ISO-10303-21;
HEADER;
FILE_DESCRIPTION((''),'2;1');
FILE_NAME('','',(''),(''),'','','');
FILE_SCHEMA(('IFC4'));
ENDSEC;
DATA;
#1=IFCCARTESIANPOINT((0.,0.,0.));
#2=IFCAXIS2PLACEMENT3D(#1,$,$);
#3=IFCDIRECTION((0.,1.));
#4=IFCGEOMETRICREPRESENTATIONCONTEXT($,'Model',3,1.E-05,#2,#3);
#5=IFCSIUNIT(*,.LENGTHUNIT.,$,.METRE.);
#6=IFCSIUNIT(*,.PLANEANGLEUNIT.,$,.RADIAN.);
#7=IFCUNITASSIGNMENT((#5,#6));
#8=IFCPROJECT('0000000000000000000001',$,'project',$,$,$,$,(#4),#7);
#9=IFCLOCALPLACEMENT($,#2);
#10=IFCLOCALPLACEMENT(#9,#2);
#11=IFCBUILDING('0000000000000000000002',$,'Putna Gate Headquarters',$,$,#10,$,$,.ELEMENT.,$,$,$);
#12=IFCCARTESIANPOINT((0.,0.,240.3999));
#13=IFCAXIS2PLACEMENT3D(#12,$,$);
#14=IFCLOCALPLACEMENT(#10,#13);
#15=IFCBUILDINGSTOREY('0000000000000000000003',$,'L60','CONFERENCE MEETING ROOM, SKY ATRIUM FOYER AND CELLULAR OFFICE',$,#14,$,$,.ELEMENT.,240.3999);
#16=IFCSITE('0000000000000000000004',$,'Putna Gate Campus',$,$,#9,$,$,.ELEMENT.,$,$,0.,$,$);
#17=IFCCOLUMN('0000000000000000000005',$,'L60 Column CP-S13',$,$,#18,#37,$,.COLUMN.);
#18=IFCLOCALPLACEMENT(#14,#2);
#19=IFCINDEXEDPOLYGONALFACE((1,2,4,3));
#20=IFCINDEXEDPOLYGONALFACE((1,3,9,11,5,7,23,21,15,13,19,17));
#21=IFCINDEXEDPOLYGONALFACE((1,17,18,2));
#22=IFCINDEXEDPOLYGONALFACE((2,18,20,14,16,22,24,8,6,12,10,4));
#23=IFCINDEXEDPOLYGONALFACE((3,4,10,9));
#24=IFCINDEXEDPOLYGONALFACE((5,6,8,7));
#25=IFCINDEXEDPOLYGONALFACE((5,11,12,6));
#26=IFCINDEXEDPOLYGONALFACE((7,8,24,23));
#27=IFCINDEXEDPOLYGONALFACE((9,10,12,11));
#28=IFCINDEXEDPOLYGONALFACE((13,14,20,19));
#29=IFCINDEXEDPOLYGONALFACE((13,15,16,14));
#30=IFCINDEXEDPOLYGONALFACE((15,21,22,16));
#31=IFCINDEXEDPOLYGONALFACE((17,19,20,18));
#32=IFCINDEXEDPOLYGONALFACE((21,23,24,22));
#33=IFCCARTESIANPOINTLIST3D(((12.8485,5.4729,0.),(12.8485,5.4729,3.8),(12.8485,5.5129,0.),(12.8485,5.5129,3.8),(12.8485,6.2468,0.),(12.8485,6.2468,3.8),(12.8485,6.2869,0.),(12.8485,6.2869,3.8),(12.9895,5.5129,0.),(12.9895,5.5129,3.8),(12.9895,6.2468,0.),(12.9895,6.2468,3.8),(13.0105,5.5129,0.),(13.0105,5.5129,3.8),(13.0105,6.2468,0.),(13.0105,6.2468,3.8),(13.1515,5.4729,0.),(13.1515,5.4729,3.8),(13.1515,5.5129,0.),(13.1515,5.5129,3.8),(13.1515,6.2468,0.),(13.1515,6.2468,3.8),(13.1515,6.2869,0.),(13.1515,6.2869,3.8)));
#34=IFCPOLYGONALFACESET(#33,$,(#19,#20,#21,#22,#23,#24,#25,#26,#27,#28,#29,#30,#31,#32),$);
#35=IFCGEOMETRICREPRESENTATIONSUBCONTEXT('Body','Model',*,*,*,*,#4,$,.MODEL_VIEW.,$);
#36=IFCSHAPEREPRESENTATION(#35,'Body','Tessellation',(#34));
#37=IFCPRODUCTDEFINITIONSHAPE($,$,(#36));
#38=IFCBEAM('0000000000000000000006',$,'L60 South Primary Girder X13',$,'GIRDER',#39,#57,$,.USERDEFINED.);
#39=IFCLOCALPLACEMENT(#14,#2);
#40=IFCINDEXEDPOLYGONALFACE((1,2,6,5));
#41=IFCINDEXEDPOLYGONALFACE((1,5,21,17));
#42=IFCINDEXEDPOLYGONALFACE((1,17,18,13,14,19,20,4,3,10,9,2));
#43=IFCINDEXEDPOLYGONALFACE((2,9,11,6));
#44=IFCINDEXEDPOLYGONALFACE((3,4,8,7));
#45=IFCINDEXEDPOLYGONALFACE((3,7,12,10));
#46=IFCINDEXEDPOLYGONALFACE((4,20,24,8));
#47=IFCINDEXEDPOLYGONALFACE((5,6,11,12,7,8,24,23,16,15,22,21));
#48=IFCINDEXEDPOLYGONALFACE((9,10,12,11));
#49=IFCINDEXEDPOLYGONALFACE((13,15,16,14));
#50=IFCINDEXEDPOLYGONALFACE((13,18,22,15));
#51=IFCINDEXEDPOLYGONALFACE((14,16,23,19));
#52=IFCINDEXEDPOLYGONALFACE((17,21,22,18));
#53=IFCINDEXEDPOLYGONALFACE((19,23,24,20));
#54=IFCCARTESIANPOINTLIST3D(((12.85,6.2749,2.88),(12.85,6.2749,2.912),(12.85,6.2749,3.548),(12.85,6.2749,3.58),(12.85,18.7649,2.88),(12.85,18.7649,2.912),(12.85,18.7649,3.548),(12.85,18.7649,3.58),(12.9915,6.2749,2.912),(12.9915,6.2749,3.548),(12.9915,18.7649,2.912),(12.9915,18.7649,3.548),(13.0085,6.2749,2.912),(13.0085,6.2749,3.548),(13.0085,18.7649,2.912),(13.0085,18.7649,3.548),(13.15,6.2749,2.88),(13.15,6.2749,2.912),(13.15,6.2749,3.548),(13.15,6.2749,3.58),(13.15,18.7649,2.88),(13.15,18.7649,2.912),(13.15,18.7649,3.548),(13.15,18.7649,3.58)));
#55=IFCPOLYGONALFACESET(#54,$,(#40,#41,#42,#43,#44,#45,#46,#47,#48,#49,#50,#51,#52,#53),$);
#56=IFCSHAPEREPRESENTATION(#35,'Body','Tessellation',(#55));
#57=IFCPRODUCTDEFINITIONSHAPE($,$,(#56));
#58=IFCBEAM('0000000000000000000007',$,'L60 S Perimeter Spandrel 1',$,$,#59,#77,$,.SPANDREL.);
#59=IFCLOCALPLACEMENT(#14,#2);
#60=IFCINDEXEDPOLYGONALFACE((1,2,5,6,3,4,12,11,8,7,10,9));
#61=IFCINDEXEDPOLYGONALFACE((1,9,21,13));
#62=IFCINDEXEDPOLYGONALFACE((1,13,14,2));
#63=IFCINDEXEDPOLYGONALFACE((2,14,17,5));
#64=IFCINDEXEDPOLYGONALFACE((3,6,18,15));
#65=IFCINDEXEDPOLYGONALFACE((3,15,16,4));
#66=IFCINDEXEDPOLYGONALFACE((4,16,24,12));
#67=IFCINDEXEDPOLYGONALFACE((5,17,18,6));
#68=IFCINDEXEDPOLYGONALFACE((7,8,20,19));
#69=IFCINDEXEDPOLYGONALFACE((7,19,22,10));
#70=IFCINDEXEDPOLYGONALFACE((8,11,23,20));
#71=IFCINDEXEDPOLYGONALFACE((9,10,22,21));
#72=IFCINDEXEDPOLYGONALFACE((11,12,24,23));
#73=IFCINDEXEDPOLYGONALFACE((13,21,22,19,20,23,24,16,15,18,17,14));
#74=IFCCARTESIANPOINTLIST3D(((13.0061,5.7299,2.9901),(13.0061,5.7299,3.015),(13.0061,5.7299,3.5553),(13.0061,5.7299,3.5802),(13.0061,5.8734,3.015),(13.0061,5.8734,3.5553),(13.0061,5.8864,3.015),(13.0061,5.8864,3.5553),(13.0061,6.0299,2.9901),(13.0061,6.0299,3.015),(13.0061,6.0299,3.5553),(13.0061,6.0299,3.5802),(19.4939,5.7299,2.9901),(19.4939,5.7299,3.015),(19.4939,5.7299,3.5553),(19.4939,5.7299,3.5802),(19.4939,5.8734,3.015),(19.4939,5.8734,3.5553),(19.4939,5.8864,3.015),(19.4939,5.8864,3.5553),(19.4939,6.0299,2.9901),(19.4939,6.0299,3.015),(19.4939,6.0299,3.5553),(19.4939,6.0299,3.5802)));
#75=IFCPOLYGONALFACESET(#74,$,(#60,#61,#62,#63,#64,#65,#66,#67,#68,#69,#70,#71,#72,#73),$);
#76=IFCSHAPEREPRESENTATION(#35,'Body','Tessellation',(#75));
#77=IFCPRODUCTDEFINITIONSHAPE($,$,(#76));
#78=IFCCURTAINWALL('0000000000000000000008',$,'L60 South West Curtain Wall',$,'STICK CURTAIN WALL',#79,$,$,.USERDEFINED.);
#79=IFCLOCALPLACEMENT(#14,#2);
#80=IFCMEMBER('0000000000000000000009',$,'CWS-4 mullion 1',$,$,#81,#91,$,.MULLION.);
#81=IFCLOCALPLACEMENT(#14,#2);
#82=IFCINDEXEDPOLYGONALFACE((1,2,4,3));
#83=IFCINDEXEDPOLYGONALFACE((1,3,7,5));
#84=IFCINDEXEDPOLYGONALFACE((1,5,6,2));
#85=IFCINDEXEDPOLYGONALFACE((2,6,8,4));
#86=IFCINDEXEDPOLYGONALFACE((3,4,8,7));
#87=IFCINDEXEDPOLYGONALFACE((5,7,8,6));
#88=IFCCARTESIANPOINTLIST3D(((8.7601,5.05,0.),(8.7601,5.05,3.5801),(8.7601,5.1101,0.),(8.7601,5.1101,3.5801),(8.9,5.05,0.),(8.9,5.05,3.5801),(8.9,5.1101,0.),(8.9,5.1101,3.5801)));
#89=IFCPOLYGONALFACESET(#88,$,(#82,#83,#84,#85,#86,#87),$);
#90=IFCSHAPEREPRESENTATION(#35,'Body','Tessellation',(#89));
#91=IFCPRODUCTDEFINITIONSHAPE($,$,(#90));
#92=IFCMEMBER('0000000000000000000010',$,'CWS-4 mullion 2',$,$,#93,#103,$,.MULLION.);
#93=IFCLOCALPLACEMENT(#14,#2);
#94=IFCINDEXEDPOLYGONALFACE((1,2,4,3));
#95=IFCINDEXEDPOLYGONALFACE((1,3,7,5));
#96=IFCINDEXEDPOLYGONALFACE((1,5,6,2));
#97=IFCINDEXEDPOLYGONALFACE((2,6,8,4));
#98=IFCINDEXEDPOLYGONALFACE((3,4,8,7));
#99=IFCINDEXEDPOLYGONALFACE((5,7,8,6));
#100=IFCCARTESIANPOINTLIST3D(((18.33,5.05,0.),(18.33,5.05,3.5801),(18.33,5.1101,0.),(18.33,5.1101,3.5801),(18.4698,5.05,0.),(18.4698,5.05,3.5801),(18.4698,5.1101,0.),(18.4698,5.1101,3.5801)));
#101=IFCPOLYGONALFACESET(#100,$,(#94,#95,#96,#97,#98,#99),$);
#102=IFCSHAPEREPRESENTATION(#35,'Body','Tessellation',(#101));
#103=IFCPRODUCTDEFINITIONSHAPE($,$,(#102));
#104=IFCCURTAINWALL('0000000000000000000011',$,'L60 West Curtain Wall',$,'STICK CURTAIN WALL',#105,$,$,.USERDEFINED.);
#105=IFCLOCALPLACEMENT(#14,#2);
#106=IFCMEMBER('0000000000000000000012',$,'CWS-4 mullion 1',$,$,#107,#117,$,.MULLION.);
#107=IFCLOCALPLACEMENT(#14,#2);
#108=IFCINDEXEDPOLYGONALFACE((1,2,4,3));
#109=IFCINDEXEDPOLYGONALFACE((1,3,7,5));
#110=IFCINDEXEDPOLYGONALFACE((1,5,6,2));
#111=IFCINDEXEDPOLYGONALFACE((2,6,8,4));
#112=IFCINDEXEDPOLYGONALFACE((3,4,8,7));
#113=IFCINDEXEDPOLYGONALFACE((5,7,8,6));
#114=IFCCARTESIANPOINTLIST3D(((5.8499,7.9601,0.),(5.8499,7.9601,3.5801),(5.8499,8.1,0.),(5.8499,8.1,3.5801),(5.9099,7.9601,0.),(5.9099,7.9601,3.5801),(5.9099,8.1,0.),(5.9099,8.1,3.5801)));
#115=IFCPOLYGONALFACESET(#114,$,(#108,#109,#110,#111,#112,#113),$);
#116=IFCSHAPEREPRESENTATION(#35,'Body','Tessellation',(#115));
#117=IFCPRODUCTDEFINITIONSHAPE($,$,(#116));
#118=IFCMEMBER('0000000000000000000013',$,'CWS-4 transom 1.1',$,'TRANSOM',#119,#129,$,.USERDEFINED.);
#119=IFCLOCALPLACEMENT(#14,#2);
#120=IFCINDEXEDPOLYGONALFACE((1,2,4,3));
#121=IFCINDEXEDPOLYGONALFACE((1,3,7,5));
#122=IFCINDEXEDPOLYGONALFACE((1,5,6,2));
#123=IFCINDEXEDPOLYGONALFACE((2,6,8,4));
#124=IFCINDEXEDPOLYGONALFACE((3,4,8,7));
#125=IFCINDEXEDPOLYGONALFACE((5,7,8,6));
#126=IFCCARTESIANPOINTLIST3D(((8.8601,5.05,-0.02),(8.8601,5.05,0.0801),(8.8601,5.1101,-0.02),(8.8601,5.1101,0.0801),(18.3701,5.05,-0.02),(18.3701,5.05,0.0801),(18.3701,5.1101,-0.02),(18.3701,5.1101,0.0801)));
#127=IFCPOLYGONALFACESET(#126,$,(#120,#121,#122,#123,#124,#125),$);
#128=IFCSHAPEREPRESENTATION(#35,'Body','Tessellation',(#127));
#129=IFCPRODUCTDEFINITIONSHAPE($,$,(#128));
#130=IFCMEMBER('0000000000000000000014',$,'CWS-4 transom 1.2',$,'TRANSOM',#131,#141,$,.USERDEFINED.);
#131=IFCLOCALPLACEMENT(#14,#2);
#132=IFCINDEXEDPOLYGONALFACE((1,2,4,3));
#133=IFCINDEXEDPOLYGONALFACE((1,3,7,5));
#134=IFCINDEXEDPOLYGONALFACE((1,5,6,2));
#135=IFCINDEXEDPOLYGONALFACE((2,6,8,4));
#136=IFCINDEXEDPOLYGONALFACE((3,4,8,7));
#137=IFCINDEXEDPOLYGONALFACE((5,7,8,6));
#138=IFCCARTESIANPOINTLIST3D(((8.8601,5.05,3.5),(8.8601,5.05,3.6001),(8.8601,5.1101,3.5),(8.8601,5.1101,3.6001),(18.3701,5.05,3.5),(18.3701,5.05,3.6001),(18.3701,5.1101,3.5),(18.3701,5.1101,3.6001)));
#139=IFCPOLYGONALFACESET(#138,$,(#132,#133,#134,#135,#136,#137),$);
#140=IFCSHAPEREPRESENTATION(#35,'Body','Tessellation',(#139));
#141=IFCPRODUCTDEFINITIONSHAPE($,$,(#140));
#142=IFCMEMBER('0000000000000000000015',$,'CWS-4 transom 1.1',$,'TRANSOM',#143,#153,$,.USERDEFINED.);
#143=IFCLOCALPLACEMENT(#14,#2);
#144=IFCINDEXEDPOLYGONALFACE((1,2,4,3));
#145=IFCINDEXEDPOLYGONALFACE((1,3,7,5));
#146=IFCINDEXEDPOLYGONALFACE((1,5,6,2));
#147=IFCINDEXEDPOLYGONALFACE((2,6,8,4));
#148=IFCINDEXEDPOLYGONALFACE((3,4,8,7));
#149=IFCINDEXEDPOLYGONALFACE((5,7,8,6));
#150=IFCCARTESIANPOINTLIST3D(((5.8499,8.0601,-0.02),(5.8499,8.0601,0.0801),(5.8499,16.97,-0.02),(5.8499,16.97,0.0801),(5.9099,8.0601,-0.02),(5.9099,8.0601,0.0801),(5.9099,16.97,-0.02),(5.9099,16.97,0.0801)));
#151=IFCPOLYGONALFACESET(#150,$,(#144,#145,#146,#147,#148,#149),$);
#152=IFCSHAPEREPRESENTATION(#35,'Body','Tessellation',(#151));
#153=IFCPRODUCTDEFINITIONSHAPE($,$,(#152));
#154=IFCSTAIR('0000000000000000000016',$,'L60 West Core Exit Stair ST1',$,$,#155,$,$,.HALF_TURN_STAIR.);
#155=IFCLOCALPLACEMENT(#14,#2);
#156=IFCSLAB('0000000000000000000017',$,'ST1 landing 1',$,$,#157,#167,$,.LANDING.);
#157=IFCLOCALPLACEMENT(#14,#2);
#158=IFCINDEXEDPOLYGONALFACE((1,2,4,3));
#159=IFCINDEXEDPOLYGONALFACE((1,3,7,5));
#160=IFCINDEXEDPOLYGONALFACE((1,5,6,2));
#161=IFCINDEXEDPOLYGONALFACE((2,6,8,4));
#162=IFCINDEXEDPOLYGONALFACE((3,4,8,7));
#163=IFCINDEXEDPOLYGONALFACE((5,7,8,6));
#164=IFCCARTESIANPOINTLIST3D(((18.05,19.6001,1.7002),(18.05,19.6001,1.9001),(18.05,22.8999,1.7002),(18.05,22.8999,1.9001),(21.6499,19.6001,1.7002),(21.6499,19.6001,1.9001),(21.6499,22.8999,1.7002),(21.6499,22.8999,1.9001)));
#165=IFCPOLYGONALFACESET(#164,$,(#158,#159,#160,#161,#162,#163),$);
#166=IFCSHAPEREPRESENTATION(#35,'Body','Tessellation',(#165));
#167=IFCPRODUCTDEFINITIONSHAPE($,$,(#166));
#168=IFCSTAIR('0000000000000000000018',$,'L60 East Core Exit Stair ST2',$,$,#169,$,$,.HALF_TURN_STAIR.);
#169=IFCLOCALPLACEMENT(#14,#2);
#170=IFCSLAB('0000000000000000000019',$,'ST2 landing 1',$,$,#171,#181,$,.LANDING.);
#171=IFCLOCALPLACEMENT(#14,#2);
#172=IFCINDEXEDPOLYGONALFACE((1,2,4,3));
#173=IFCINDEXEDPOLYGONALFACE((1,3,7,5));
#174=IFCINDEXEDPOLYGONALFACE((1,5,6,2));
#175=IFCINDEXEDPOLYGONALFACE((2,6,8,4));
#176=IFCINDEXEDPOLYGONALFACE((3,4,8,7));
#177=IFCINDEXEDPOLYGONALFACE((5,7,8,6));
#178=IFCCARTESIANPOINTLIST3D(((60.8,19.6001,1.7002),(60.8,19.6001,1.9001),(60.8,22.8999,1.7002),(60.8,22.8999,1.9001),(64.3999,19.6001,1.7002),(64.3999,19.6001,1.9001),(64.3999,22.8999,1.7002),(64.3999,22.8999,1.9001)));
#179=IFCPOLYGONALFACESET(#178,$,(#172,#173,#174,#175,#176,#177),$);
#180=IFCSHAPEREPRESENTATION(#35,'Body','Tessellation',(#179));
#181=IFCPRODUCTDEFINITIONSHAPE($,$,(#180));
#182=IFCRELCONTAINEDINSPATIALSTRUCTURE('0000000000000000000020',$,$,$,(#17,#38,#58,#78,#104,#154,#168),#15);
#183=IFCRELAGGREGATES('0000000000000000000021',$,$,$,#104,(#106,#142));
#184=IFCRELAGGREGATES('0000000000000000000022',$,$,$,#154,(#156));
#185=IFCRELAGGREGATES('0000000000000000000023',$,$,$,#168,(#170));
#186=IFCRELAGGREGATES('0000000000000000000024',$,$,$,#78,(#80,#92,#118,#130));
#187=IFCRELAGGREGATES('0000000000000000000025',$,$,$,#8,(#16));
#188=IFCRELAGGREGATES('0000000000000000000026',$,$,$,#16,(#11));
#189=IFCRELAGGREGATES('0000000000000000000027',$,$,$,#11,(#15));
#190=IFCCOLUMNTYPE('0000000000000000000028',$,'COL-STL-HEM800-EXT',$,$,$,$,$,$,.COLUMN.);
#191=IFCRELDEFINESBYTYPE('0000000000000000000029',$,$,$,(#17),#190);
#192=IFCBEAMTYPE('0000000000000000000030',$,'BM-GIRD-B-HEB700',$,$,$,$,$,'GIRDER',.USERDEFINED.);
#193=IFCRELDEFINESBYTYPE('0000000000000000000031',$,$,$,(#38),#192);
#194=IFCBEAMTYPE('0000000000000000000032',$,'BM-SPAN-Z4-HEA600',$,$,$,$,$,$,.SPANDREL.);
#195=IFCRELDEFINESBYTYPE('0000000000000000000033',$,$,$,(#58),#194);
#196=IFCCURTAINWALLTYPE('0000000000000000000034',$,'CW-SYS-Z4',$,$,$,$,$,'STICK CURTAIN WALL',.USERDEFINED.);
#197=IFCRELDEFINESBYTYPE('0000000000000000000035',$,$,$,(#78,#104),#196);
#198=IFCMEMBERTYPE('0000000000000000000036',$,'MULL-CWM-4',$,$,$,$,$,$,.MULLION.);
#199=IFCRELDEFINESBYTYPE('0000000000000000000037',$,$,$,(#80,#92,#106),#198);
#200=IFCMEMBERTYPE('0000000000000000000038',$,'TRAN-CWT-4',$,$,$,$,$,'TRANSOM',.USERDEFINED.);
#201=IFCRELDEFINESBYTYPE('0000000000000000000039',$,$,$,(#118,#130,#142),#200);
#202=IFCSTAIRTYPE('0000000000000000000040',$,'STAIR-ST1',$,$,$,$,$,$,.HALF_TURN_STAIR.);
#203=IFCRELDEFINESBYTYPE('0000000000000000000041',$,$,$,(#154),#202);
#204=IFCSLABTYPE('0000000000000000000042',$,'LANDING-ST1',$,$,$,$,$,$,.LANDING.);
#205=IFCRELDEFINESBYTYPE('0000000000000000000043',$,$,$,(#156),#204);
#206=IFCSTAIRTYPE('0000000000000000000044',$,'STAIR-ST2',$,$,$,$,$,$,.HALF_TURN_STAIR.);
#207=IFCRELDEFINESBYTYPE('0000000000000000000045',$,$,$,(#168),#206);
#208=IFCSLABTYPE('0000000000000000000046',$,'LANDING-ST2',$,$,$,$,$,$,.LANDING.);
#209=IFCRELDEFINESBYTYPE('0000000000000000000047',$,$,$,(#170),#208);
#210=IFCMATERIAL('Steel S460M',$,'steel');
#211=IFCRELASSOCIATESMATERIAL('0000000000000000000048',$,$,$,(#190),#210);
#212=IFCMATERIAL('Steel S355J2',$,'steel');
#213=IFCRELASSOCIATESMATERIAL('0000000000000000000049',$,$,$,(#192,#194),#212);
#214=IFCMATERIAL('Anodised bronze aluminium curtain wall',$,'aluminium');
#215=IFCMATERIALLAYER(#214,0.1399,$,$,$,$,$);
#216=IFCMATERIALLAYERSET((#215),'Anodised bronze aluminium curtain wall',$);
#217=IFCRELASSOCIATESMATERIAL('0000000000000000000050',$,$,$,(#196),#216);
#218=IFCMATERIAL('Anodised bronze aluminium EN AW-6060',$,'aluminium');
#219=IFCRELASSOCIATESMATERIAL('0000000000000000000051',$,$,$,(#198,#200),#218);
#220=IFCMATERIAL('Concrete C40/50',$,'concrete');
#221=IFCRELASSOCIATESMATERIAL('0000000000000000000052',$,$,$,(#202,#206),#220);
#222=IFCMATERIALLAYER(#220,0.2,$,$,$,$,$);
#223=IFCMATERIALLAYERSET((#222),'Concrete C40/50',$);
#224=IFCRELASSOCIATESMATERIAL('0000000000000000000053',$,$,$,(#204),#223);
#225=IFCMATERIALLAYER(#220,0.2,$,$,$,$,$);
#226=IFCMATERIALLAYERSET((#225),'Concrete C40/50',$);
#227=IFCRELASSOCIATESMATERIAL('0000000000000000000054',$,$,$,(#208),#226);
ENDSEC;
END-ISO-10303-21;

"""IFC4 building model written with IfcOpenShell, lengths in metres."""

from ifc_helpers import new_model, si_unit, direction, frame, origin, origin_2d, place, context, subcontext, project, spatial, polyline, rectangle, i_section, outline, extrude, material, layer, layer_set, material_profile, profile_set, type_object, element, aggregate, save


model = new_model("IFC4")

# Units and contexts
model_context = context("Model", 3, precision=1e-05, world=origin(), true_north=direction((0.0, 1.0)))
body_context = subcontext(model_context, "Body", "Model", "MODEL_VIEW")
ifc_project = project(units=[si_unit("LENGTHUNIT", "METRE"), si_unit("PLANEANGLEUNIT", "RADIAN")], contexts=[model_context])

# Site, building, storey
site_placement = place(None, origin())
site = spatial("IfcSite", under=ifc_project, at=site_placement, Name="Putna Gate Campus", CompositionType="ELEMENT", RefElevation=0.0)
building_placement = place(site_placement, origin())
building = spatial("IfcBuilding", under=site, at=building_placement, Name="Putna Gate Headquarters", CompositionType="ELEMENT")
storey_placement = place(building_placement, frame((0.0, 0.0, 240.3999)))
storey = spatial("IfcBuildingStorey", under=building, at=storey_placement, Name="L60", Description="CONFERENCE MEETING ROOM, SKY ATRIUM FOYER AND CELLULAR OFFICE", CompositionType="ELEMENT", Elevation=240.3999)

# Column
ifc_material_1 = material(Name="Steel S460M", Category="steel")
ifc_material_profile_1 = material_profile(ifc_material_1, i_section(OverallWidth=0.303, OverallDepth=0.814, WebThickness=0.021, FlangeThickness=0.04, at=origin_2d()), Name="Steel S460M")
ifc_profile_set_1 = profile_set([ifc_material_profile_1], Name="Steel S460M")
column_type = type_object("IfcColumnType", Name="COL-STL-HEM800-EXT", PredefinedType="COLUMN", material=ifc_profile_set_1)
column_placement = place(storey_placement, frame((13.0, 5.8799, 0.0), z_axis=(0.0, 0.0, 1.0), x_axis=(1.0, 0.0, 0.0)))
element("IfcColumn", 1, at=column_placement, inside=storey, type_object=column_type, Name="L60 Column CP-S13", PredefinedType="COLUMN", context=body_context, shape_type="SweptSolid", body=[
    extrude(i_section(OverallWidth=0.303, OverallDepth=0.814, WebThickness=0.021, FlangeThickness=0.04, at=origin_2d()), origin(), (0.0, 0.0, 1.0), 3.8),
])

# Beams
ifc_material_2 = material(Name="Steel S355J2", Category="steel")
ifc_material_profile_2 = material_profile(ifc_material_2, i_section(OverallWidth=0.3, OverallDepth=0.7, WebThickness=0.0171, FlangeThickness=0.032, at=origin_2d()), Name="Steel S355J2")
ifc_profile_set_2 = profile_set([ifc_material_profile_2], Name="Steel S355J2")
beam_type_1 = type_object("IfcBeamType", Name="BM-GIRD-B-HEB700", ElementType="GIRDER", PredefinedType="USERDEFINED", material=ifc_profile_set_2)
beam_1_placement = place(storey_placement, frame((13.0, 6.2749, 3.23), z_axis=(0.0, 1.0, 0.0), x_axis=(-1.0, 0.0, 0.0)))
element("IfcBeam", 2, at=beam_1_placement, inside=storey, type_object=beam_type_1, Name="L60 South Primary Girder X13", ObjectType="GIRDER", PredefinedType="USERDEFINED", context=body_context, shape_type="SweptSolid", body=[
    extrude(i_section(OverallWidth=0.3, OverallDepth=0.7, WebThickness=0.0171, FlangeThickness=0.032, at=origin_2d()), origin(), (0.0, 0.0, 1.0), 12.49),
])
ifc_material_profile_3 = material_profile(ifc_material_2, i_section(OverallWidth=0.3, OverallDepth=0.5901, WebThickness=0.0129, FlangeThickness=0.0249, at=origin_2d()), Name="Steel S355J2")
ifc_profile_set_3 = profile_set([ifc_material_profile_3], Name="Steel S355J2")
beam_type_2 = type_object("IfcBeamType", Name="BM-SPAN-Z4-HEA600", PredefinedType="SPANDREL", material=ifc_profile_set_3)
beam_2_placement = place(storey_placement, frame((13.0061, 5.8799, 3.2852), z_axis=(1.0, 0.0, 0.0), x_axis=(0.0, 1.0, 0.0)))
element("IfcBeam", 3, at=beam_2_placement, inside=storey, type_object=beam_type_2, Name="L60 S Perimeter Spandrel 1", PredefinedType="SPANDREL", context=body_context, shape_type="SweptSolid", body=[
    extrude(i_section(OverallWidth=0.3, OverallDepth=0.5901, WebThickness=0.0129, FlangeThickness=0.0249, at=origin_2d()), origin(), (0.0, 0.0, 1.0), 6.4878),
])

# Curtain wall, members
ifc_material_3 = material(Name="Anodised bronze aluminium curtain wall", Category="aluminium")
ifc_layer_1 = layer(ifc_material_3, 0.1399)
ifc_layer_set_1 = layer_set([ifc_layer_1], Name="Anodised bronze aluminium curtain wall")
curtain_wall_type = type_object("IfcCurtainWallType", Name="CW-SYS-Z4", ElementType="STICK CURTAIN WALL", PredefinedType="USERDEFINED", material=ifc_layer_set_1)
curtain_wall_1_placement = place(storey_placement, origin())
curtain_wall_1 = element("IfcCurtainWall", 4, at=curtain_wall_1_placement, inside=storey, type_object=curtain_wall_type, Name="L60 South West Curtain Wall", ObjectType="STICK CURTAIN WALL", PredefinedType="USERDEFINED")
ifc_material_4 = material(Name="Anodised bronze aluminium EN AW-6060", Category="aluminium")
ifc_material_profile_4 = material_profile(ifc_material_4, rectangle(XDim=0.0601, YDim=0.1399, at=origin_2d()), Name="Anodised bronze aluminium EN AW-6060")
ifc_profile_set_4 = profile_set([ifc_material_profile_4], Name="Anodised bronze aluminium EN AW-6060")
member_type_1 = type_object("IfcMemberType", Name="MULL-CWM-4", PredefinedType="MULLION", material=ifc_profile_set_4)
member_1_placement = place(storey_placement, frame((8.8301, 5.0801, 0.0), z_axis=(0.0, 0.0, 1.0), x_axis=(0.0, 1.0, 0.0)))
member_1 = element("IfcMember", 5, at=member_1_placement, type_object=member_type_1, Name="CWS-4 mullion 1", PredefinedType="MULLION", context=body_context, shape_type="SweptSolid", body=[
    extrude(rectangle(XDim=0.0601, YDim=0.1399, at=origin_2d()), origin(), (0.0, 0.0, 1.0), 3.5801),
])
member_2_placement = place(storey_placement, frame((18.3999, 5.0801, 0.0), z_axis=(0.0, 0.0, 1.0), x_axis=(0.0, 1.0, 0.0)))
member_2 = element("IfcMember", 6, at=member_2_placement, type_object=member_type_1, Name="CWS-4 mullion 2", PredefinedType="MULLION", context=body_context, shape_type="SweptSolid", body=[
    extrude(rectangle(XDim=0.0601, YDim=0.1399, at=origin_2d()), origin(), (0.0, 0.0, 1.0), 3.5801),
])

# Curtain wall, member
curtain_wall_2_placement = place(storey_placement, origin())
curtain_wall_2 = element("IfcCurtainWall", 7, at=curtain_wall_2_placement, inside=storey, type_object=curtain_wall_type, Name="L60 West Curtain Wall", ObjectType="STICK CURTAIN WALL", PredefinedType="USERDEFINED")
member_3_placement = place(storey_placement, frame((5.8799, 8.03, 0.0), z_axis=(0.0, 0.0, 1.0), x_axis=(-1.0, 0.0, 0.0)))
member_3 = element("IfcMember", 8, at=member_3_placement, type_object=member_type_1, Name="CWS-4 mullion 1", PredefinedType="MULLION", context=body_context, shape_type="SweptSolid", body=[
    extrude(rectangle(XDim=0.0601, YDim=0.1399, at=origin_2d()), origin(), (0.0, 0.0, 1.0), 3.5801),
])

# Members
ifc_material_profile_5 = material_profile(ifc_material_4, rectangle(XDim=0.0601, YDim=0.1001, at=origin_2d()), Name="Anodised bronze aluminium EN AW-6060")
ifc_profile_set_5 = profile_set([ifc_material_profile_5], Name="Anodised bronze aluminium EN AW-6060")
member_type_2 = type_object("IfcMemberType", Name="TRAN-CWT-4", ElementType="TRANSOM", PredefinedType="USERDEFINED", material=ifc_profile_set_5)
member_4_placement = place(storey_placement, frame((8.8601, 5.0801, 0.03), z_axis=(1.0, 0.0, 0.0), x_axis=(0.0, 1.0, 0.0)))
member_4 = element("IfcMember", 9, at=member_4_placement, type_object=member_type_2, Name="CWS-4 transom 1.1", ObjectType="TRANSOM", PredefinedType="USERDEFINED", context=body_context, shape_type="SweptSolid", body=[
    extrude(rectangle(XDim=0.0601, YDim=0.1001, at=origin_2d()), origin(), (0.0, 0.0, 1.0), 9.51),
])
member_5_placement = place(storey_placement, frame((8.8601, 5.0801, 3.55), z_axis=(1.0, 0.0, 0.0), x_axis=(0.0, 1.0, 0.0)))
member_5 = element("IfcMember", 10, at=member_5_placement, type_object=member_type_2, Name="CWS-4 transom 1.2", ObjectType="TRANSOM", PredefinedType="USERDEFINED", context=body_context, shape_type="SweptSolid", body=[
    extrude(rectangle(XDim=0.0601, YDim=0.1001, at=origin_2d()), origin(), (0.0, 0.0, 1.0), 9.51),
])
member_6_placement = place(storey_placement, frame((5.8799, 8.0601, 0.03), z_axis=(0.0, 1.0, 0.0), x_axis=(-1.0, 0.0, 0.0)))
member_6 = element("IfcMember", 11, at=member_6_placement, type_object=member_type_2, Name="CWS-4 transom 1.1", ObjectType="TRANSOM", PredefinedType="USERDEFINED", context=body_context, shape_type="SweptSolid", body=[
    extrude(rectangle(XDim=0.0601, YDim=0.1001, at=origin_2d()), origin(), (0.0, 0.0, 1.0), 8.9099),
])
aggregate(curtain_wall_2, [member_3, member_6])

# Stairs, slabs
ifc_material_5 = material(Name="Concrete C40/50", Category="concrete")
stair_type_1 = type_object("IfcStairType", Name="STAIR-ST1", PredefinedType="HALF_TURN_STAIR", material=ifc_material_5)
stair_1_placement = place(storey_placement, origin())
stair_1 = element("IfcStair", 12, at=stair_1_placement, inside=storey, type_object=stair_type_1, Name="L60 West Core Exit Stair ST1", PredefinedType="HALF_TURN_STAIR")
ifc_layer_2 = layer(ifc_material_5, 0.2)
ifc_layer_set_2 = layer_set([ifc_layer_2], Name="Concrete C40/50")
slab_type_1 = type_object("IfcSlabType", Name="LANDING-ST1", PredefinedType="LANDING", material=ifc_layer_set_2)
slab_1_placement = place(storey_placement, frame((0.0, 0.0, 1.7002)))
slab_1 = element("IfcSlab", 13, at=slab_1_placement, type_object=slab_type_1, Name="ST1 landing 1", PredefinedType="LANDING", context=body_context, shape_type="SweptSolid", body=[
    extrude(outline(polyline([(18.05, 19.6001), (21.6499, 19.6001), (21.6499, 22.8999), (18.05, 22.8999), (18.05, 19.6001)])), origin(), (0.0, 0.0, 1.0), 0.2),
])
aggregate(stair_1, [slab_1])
stair_type_2 = type_object("IfcStairType", Name="STAIR-ST2", PredefinedType="HALF_TURN_STAIR", material=ifc_material_5)
stair_2_placement = place(storey_placement, origin())
stair_2 = element("IfcStair", 14, at=stair_2_placement, inside=storey, type_object=stair_type_2, Name="L60 East Core Exit Stair ST2", PredefinedType="HALF_TURN_STAIR")
ifc_layer_3 = layer(ifc_material_5, 0.2)
ifc_layer_set_3 = layer_set([ifc_layer_3], Name="Concrete C40/50")
slab_type_2 = type_object("IfcSlabType", Name="LANDING-ST2", PredefinedType="LANDING", material=ifc_layer_set_3)
slab_2_placement = place(storey_placement, frame((0.0, 0.0, 1.7002)))
slab_2 = element("IfcSlab", 15, at=slab_2_placement, type_object=slab_type_2, Name="ST2 landing 1", PredefinedType="LANDING", context=body_context, shape_type="SweptSolid", body=[
    extrude(outline(polyline([(60.8, 19.6001), (64.3999, 19.6001), (64.3999, 22.8999), (60.8, 22.8999), (60.8, 19.6001)])), origin(), (0.0, 0.0, 1.0), 0.2),
])
aggregate(stair_2, [slab_2])

aggregate(curtain_wall_1, [member_1, member_2, member_4, member_5])

save(model, "model.ifc")
